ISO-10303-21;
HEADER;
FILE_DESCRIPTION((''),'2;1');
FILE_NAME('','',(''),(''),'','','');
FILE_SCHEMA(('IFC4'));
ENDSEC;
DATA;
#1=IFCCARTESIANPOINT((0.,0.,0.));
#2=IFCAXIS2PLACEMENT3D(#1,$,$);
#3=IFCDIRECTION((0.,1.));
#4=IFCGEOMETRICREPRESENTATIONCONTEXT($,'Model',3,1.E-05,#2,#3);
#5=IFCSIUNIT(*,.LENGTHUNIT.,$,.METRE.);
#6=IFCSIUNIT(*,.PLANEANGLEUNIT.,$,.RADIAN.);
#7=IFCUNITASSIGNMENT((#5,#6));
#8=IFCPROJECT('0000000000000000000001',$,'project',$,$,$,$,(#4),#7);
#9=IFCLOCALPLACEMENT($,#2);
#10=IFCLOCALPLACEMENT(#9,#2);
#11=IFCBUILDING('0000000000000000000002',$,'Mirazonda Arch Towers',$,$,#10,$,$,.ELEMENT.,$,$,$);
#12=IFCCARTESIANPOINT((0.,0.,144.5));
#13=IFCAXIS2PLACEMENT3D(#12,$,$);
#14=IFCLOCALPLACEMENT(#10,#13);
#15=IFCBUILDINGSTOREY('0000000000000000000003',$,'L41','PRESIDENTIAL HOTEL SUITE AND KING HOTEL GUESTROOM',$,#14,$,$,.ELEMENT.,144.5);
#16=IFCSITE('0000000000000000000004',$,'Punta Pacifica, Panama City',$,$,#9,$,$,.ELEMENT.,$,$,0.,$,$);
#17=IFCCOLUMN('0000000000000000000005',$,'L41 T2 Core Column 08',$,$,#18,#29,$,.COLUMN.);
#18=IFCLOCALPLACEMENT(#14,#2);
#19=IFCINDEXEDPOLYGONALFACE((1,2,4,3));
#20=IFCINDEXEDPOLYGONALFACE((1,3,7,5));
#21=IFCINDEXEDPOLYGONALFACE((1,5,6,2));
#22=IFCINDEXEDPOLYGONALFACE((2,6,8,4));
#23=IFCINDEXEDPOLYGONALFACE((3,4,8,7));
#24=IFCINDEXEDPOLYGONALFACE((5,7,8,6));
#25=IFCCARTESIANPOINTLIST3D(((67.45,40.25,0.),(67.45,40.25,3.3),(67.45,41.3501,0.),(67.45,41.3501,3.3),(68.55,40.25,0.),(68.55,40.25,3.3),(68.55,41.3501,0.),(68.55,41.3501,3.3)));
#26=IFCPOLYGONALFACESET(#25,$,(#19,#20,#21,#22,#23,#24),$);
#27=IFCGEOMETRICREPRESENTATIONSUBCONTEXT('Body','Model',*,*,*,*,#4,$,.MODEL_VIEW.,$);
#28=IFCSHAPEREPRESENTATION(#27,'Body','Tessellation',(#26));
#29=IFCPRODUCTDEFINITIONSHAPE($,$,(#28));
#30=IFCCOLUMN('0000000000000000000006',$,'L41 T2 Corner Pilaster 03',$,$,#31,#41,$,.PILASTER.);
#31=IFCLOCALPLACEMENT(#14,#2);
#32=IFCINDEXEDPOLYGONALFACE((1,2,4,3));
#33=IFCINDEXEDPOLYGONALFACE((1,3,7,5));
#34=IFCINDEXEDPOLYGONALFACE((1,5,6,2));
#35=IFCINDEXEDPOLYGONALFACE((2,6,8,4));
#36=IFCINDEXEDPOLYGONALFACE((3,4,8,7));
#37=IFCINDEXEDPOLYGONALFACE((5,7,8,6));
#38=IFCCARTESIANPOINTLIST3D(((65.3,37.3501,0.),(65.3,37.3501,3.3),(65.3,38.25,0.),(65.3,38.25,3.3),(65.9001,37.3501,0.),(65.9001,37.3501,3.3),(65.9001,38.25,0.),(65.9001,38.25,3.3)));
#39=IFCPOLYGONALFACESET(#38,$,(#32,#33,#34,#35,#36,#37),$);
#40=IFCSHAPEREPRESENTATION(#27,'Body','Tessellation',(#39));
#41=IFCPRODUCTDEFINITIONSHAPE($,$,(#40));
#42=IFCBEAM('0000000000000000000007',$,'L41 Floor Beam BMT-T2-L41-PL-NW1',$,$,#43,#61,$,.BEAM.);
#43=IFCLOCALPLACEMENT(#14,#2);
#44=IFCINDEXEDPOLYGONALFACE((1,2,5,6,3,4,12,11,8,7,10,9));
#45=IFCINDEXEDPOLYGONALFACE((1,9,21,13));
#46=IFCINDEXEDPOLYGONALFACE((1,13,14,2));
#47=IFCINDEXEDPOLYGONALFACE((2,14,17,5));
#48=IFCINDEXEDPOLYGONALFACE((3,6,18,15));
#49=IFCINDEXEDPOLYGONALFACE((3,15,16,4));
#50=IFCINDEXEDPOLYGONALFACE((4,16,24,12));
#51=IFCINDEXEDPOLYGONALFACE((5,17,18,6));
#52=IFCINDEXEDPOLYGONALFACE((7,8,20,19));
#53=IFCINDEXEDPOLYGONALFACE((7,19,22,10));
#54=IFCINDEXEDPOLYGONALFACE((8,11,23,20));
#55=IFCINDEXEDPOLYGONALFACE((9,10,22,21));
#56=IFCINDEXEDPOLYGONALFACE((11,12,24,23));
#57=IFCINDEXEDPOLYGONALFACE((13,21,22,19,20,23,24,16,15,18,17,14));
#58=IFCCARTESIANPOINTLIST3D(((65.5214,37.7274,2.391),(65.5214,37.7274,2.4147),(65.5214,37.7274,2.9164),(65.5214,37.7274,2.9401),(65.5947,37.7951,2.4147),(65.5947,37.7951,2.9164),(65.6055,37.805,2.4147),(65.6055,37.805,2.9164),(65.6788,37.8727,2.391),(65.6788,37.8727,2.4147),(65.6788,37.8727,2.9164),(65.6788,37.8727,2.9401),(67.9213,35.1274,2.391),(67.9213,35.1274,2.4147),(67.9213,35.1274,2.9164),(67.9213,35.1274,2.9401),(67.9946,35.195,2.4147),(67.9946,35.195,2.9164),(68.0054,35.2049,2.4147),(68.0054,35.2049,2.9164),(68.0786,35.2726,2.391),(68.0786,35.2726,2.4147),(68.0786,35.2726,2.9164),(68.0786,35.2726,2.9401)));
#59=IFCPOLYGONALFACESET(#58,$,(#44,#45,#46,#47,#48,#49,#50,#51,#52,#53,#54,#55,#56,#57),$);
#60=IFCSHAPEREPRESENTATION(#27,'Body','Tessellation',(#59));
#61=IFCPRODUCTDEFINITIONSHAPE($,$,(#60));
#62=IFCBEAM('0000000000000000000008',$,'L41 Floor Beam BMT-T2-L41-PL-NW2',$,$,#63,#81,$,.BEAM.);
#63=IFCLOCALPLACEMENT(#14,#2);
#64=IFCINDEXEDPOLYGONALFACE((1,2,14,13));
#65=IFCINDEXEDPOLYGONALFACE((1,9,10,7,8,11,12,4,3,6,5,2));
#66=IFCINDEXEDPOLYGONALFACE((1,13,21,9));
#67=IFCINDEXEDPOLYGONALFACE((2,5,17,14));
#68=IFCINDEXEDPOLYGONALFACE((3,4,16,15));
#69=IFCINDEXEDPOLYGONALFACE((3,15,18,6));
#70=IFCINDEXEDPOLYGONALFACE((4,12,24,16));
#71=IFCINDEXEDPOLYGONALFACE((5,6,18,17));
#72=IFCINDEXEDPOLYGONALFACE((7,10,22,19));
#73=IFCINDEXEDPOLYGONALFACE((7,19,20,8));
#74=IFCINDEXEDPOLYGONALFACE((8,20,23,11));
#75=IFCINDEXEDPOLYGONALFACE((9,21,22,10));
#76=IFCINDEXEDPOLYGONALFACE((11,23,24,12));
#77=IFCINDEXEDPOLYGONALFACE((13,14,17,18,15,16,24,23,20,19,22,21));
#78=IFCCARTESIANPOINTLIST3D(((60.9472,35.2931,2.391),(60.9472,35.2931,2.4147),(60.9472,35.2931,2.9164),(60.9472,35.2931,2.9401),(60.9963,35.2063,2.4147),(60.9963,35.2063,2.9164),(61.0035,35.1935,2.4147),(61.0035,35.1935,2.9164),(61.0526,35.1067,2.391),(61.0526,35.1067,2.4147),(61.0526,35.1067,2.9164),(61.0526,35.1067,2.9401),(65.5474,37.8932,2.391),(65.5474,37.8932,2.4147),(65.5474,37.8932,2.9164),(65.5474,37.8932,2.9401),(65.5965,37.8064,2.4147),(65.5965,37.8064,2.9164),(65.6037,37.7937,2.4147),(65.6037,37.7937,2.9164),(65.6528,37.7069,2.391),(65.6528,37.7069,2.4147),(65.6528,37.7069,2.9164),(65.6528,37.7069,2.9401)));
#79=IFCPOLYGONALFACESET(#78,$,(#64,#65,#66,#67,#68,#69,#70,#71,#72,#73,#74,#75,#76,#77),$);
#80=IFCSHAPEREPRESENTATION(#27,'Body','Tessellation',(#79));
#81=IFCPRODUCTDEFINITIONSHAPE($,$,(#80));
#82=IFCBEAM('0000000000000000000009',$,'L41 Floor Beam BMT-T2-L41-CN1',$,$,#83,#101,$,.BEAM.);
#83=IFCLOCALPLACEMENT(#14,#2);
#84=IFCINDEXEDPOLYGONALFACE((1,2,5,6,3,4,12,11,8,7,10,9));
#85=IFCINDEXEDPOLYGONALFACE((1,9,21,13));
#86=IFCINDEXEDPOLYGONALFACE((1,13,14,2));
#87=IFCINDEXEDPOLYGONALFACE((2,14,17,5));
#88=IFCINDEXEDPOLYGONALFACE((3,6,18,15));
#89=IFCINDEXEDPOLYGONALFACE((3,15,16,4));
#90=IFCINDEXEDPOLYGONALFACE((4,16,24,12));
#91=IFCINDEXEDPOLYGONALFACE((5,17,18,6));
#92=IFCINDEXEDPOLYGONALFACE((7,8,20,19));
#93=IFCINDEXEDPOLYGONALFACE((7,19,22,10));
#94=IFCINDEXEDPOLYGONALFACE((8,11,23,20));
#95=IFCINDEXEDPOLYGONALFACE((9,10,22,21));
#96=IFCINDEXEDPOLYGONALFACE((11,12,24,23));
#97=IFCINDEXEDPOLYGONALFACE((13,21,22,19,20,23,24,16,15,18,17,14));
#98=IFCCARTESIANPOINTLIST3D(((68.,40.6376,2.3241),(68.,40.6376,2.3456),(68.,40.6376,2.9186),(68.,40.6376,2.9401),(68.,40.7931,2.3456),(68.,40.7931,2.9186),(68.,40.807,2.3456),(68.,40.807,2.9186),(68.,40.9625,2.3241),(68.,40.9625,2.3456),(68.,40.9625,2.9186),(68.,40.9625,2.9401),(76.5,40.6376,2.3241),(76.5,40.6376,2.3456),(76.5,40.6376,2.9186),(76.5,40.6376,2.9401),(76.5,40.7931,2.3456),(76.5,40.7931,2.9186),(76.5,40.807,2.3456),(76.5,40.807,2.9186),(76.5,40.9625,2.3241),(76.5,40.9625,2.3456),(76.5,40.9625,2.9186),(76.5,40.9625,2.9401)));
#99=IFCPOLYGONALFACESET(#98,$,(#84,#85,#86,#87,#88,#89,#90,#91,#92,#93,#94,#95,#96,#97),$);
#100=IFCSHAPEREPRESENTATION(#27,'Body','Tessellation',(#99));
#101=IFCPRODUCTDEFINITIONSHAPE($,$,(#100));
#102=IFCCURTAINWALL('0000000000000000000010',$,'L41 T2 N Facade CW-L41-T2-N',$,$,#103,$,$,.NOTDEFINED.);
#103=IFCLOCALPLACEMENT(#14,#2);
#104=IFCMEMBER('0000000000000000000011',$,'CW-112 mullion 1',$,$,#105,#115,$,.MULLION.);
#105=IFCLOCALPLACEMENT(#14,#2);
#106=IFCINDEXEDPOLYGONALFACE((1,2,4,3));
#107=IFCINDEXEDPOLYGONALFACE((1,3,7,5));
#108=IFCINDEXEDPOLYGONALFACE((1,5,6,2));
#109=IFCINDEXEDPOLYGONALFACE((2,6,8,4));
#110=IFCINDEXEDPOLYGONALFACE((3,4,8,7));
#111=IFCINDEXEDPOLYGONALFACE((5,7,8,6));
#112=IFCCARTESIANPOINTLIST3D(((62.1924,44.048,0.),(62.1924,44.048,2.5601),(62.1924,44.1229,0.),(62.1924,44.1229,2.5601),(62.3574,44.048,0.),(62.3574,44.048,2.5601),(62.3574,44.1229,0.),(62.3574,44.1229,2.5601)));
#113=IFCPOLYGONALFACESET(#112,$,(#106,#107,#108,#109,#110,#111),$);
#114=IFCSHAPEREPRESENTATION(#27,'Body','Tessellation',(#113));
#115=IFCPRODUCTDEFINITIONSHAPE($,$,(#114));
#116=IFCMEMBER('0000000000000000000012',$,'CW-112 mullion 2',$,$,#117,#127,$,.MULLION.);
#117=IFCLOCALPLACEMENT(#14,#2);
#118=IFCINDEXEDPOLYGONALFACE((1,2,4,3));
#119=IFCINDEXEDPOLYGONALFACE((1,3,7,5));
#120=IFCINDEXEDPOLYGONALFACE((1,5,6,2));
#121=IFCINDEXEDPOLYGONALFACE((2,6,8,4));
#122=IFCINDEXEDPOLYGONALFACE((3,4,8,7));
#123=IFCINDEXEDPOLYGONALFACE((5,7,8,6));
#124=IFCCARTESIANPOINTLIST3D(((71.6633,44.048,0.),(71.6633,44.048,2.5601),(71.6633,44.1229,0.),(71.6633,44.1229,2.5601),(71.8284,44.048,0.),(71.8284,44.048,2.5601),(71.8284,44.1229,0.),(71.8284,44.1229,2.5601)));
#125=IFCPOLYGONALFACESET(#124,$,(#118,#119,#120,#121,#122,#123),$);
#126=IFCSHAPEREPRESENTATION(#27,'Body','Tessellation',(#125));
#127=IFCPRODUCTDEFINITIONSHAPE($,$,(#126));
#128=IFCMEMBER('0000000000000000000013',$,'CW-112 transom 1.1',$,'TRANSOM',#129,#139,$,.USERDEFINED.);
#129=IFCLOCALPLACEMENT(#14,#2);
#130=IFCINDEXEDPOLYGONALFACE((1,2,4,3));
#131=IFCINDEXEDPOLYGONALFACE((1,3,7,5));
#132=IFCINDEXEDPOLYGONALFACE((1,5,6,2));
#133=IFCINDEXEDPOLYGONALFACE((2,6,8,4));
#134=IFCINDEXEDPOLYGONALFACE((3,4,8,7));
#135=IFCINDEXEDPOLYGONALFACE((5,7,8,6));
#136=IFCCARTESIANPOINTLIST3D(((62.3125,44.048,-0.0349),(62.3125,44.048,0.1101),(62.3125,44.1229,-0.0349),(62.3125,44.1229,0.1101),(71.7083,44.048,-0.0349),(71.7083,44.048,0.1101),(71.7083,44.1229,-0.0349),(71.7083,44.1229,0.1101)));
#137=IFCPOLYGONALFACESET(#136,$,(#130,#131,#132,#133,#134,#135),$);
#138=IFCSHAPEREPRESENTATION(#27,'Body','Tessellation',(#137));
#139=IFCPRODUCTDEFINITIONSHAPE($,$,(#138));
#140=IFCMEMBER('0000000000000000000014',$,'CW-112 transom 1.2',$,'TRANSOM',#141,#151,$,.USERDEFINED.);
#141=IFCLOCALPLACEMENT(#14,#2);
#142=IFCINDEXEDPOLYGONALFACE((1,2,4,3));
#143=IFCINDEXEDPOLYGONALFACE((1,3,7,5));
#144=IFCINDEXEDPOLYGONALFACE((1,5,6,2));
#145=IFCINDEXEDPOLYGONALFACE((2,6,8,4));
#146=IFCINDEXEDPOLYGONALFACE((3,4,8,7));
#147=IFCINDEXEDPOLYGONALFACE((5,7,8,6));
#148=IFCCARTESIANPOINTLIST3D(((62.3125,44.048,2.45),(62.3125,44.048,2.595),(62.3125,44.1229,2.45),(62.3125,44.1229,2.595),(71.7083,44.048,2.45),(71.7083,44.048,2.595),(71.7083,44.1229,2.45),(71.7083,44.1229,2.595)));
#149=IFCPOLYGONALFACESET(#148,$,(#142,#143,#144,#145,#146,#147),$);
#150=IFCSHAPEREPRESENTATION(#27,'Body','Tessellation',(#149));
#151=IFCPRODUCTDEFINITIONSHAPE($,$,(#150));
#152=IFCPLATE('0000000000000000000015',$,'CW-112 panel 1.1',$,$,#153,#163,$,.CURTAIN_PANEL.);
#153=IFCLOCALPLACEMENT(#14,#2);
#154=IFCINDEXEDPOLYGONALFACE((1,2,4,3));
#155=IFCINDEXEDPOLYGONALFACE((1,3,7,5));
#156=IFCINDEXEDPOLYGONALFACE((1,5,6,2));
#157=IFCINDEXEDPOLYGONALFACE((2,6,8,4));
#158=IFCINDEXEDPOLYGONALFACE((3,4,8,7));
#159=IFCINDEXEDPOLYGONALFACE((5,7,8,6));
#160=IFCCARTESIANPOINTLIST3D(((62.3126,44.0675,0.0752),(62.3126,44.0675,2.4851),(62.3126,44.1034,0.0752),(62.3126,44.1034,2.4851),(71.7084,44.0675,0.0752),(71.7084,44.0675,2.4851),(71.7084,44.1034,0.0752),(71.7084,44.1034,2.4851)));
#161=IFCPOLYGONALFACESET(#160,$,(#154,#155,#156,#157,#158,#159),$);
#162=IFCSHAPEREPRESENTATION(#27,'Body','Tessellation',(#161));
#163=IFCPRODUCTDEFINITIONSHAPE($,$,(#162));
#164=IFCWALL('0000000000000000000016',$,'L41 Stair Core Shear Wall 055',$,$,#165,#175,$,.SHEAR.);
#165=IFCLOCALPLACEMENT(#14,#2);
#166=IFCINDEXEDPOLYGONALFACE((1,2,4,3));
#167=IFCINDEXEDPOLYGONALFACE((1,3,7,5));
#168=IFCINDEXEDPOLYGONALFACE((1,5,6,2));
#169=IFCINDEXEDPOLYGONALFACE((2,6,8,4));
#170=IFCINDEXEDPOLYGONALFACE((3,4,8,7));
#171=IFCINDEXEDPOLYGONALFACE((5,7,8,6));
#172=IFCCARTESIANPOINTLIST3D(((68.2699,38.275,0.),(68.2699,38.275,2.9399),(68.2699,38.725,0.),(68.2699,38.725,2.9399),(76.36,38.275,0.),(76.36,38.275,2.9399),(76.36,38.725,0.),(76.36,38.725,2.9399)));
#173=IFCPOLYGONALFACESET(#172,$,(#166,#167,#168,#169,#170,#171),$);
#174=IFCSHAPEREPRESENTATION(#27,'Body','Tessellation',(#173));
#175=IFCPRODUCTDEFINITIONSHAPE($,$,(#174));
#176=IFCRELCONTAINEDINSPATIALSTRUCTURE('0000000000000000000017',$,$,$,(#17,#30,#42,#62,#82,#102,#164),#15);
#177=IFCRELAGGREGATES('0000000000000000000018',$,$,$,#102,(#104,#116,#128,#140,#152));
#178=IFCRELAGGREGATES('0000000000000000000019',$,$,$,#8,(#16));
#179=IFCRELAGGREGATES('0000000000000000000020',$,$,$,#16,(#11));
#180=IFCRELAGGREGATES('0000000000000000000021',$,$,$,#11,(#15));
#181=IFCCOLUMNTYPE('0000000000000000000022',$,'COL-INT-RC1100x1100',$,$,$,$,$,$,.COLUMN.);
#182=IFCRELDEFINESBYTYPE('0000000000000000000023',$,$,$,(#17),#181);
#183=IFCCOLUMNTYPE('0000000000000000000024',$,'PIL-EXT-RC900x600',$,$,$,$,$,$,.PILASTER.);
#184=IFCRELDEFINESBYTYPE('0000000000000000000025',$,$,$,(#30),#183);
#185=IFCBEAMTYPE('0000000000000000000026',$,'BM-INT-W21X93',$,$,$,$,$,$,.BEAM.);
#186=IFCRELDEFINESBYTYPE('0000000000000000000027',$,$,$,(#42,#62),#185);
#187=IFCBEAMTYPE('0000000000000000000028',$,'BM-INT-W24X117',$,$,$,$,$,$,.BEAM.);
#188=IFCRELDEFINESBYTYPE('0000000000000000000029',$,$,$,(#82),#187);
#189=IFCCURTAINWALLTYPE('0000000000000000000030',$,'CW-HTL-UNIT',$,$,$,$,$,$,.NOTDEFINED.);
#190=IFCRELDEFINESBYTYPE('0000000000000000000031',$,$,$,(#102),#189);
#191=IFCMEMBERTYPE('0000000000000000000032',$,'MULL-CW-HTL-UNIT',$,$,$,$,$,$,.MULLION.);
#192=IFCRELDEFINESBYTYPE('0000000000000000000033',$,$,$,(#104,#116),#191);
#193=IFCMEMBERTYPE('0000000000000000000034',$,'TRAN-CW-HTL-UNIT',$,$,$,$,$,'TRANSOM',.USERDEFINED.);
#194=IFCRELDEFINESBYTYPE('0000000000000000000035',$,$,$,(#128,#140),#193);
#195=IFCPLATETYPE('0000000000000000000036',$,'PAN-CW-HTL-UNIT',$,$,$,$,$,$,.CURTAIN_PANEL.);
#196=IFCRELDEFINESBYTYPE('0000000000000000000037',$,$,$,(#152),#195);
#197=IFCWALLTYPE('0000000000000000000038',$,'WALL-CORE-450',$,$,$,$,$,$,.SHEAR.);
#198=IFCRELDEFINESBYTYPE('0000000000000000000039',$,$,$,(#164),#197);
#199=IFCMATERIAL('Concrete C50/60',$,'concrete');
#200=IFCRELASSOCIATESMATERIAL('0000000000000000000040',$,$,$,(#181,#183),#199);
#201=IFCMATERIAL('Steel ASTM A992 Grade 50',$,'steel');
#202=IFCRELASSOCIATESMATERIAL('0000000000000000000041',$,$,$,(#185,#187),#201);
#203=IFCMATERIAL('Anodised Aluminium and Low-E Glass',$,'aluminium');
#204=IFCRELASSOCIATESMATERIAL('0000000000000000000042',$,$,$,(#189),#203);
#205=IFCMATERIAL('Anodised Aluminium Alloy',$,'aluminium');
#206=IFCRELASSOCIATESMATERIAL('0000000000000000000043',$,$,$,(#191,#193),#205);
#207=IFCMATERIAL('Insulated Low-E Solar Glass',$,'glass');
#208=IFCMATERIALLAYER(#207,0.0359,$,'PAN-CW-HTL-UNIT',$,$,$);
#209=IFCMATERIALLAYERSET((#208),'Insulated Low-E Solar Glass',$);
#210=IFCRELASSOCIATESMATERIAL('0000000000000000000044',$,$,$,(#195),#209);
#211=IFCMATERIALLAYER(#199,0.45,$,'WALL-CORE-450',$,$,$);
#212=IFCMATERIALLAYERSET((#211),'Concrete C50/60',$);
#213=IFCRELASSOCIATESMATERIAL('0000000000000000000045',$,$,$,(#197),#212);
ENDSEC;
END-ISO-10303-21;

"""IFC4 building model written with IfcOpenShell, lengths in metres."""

from ifc_helpers import new_model, si_unit, direction, frame, frame_2d, origin, origin_2d, place, context, subcontext, project, spatial, rectangle, i_section, extrude, material, layer, layer_set, material_profile, profile_set, type_object, element, aggregate, save


model = new_model("IFC4")

# Units and contexts
model_context = context("Model", 3, precision=1e-05, world=origin(), true_north=direction((0.0, 1.0)))
body_context = subcontext(model_context, "Body", "Model", "MODEL_VIEW")
ifc_project = project(units=[si_unit("LENGTHUNIT", "METRE"), si_unit("PLANEANGLEUNIT", "RADIAN")], contexts=[model_context])

# Site, building, storey
site_placement = place(None, origin())
site = spatial("IfcSite", under=ifc_project, at=site_placement, Name="Punta Pacifica, Panama City", CompositionType="ELEMENT", RefElevation=0.0)
building_placement = place(site_placement, origin())
building = spatial("IfcBuilding", under=site, at=building_placement, Name="Mirazonda Arch Towers", CompositionType="ELEMENT")
storey_placement = place(building_placement, frame((0.0, 0.0, 144.5)))
storey = spatial("IfcBuildingStorey", under=building, at=storey_placement, Name="L41", Description="PRESIDENTIAL HOTEL SUITE AND KING HOTEL GUESTROOM", CompositionType="ELEMENT", Elevation=144.5)

# Columns
ifc_material_1 = material(Name="Concrete C50/60", Category="concrete")
ifc_material_profile_1 = material_profile(ifc_material_1, rectangle(XDim=1.1001, YDim=1.1001, at=origin_2d()), Name="RC1100x1100")
ifc_profile_set_1 = profile_set([ifc_material_profile_1], Name="Concrete C50/60")
column_type_1 = type_object("IfcColumnType", Name="COL-INT-RC1100x1100", PredefinedType="COLUMN", material=ifc_profile_set_1)
column_1_placement = place(storey_placement, frame((68.0, 40.8, 0.0), z_axis=(0.0, 0.0, 1.0), x_axis=(1.0, 0.0, 0.0)))
element("IfcColumn", 1, at=column_1_placement, inside=storey, type_object=column_type_1, Name="L41 T2 Core Column 08", PredefinedType="COLUMN", context=body_context, shape_type="SweptSolid", body=[
    extrude(rectangle(XDim=1.1001, YDim=1.1001, at=origin_2d()), origin(), (0.0, 0.0, 1.0), 3.3),
])
ifc_material_profile_2 = material_profile(ifc_material_1, rectangle(XDim=0.6001, YDim=0.8999, at=origin_2d()), Name="RC900x600")
ifc_profile_set_2 = profile_set([ifc_material_profile_2], Name="Concrete C50/60")
column_type_2 = type_object("IfcColumnType", Name="PIL-EXT-RC900x600", PredefinedType="PILASTER", material=ifc_profile_set_2)
column_2_placement = place(storey_placement, frame((65.6001, 37.8, 0.0), z_axis=(0.0, 0.0, 1.0), x_axis=(1.0, 0.0, 0.0)))
element("IfcColumn", 2, at=column_2_placement, inside=storey, type_object=column_type_2, Name="L41 T2 Corner Pilaster 03", PredefinedType="PILASTER", context=body_context, shape_type="SweptSolid", body=[
    extrude(rectangle(XDim=0.6001, YDim=0.8999, at=origin_2d()), origin(), (0.0, 0.0, 1.0), 3.3),
])

# Beams
ifc_material_2 = material(Name="Steel ASTM A992 Grade 50", Category="steel")
ifc_material_profile_3 = material_profile(ifc_material_2, i_section(OverallWidth=0.2141, OverallDepth=0.5491, WebThickness=0.0146, FlangeThickness=0.0237, at=origin_2d()), Name="W21X93")
ifc_profile_set_3 = profile_set([ifc_material_profile_3], Name="Steel ASTM A992 Grade 50")
beam_type_1 = type_object("IfcBeamType", Name="BM-INT-W21X93", PredefinedType="BEAM", material=ifc_profile_set_3)
beam_1_placement = place(storey_placement, frame((65.6001, 37.8, 2.6655), z_axis=(0.678251, -0.73483, 0.0), x_axis=(0.73483, 0.678251, 0.0)))
element("IfcBeam", 3, at=beam_1_placement, inside=storey, type_object=beam_type_1, Name="L41 Floor Beam BMT-T2-L41-PL-NW1", PredefinedType="BEAM", context=body_context, shape_type="SweptSolid", body=[
    extrude(i_section(OverallWidth=0.2141, OverallDepth=0.5491, WebThickness=0.0146, FlangeThickness=0.0237, at=origin_2d()), origin(), (0.0, 0.0, 1.0), 3.5383),
])
beam_2_placement = place(storey_placement, frame((65.6001, 37.8, 2.6655), z_axis=(-0.870559, -0.492063, 0.0), x_axis=(0.492063, -0.870559, 0.0)))
element("IfcBeam", 4, at=beam_2_placement, inside=storey, type_object=beam_type_1, Name="L41 Floor Beam BMT-T2-L41-PL-NW2", PredefinedType="BEAM", context=body_context, shape_type="SweptSolid", body=[
    extrude(i_section(OverallWidth=0.2141, OverallDepth=0.5491, WebThickness=0.0146, FlangeThickness=0.0237, at=origin_2d()), origin(), (0.0, 0.0, 1.0), 5.2842),
])
ifc_material_profile_4 = material_profile(ifc_material_2, i_section(OverallWidth=0.325, OverallDepth=0.616, WebThickness=0.0139, FlangeThickness=0.0215, at=origin_2d()), Name="W24X117")
ifc_profile_set_4 = profile_set([ifc_material_profile_4], Name="Steel ASTM A992 Grade 50")
beam_type_2 = type_object("IfcBeamType", Name="BM-INT-W24X117", PredefinedType="BEAM", material=ifc_profile_set_4)
beam_3_placement = place(storey_placement, frame((68.0, 40.8, 2.6321), z_axis=(1.0, 0.0, 0.0), x_axis=(0.0, 1.0, 0.0)))
element("IfcBeam", 5, at=beam_3_placement, inside=storey, type_object=beam_type_2, Name="L41 Floor Beam BMT-T2-L41-CN1", PredefinedType="BEAM", context=body_context, shape_type="SweptSolid", body=[
    extrude(i_section(OverallWidth=0.325, OverallDepth=0.616, WebThickness=0.0139, FlangeThickness=0.0215, at=origin_2d()), origin(), (0.0, 0.0, 1.0), 8.5),
])

# Curtain wall, members, plate
ifc_material_3 = material(Name="Anodised Aluminium and Low-E Glass", Category="aluminium")
curtain_wall_type = type_object("IfcCurtainWallType", Name="CW-HTL-UNIT", PredefinedType="NOTDEFINED", material=ifc_material_3)
curtain_wall_placement = place(storey_placement, origin())
curtain_wall = element("IfcCurtainWall", 6, at=curtain_wall_placement, inside=storey, type_object=curtain_wall_type, Name="L41 T2 N Facade CW-L41-T2-N", PredefinedType="NOTDEFINED")
ifc_material_4 = material(Name="Anodised Aluminium Alloy", Category="aluminium")
ifc_material_profile_5 = material_profile(ifc_material_4, rectangle(XDim=0.075, YDim=0.165, at=origin_2d()), Name="ALU-MULL-75x165")
ifc_profile_set_5 = profile_set([ifc_material_profile_5], Name="Anodised Aluminium Alloy")
member_type_1 = type_object("IfcMemberType", Name="MULL-CW-HTL-UNIT", PredefinedType="MULLION", material=ifc_profile_set_5)
member_1_placement = place(storey_placement, frame((62.2749, 44.0854, 0.0), z_axis=(0.0, 0.0, 1.0), x_axis=(0.0, 1.0, 0.0)))
member_1 = element("IfcMember", 7, at=member_1_placement, type_object=member_type_1, Name="CW-112 mullion 1", PredefinedType="MULLION", context=body_context, shape_type="SweptSolid", body=[
    extrude(rectangle(XDim=0.075, YDim=0.165, at=origin_2d()), origin(), (0.0, 0.0, 1.0), 2.5601),
])
member_2_placement = place(storey_placement, frame((71.7458, 44.0854, 0.0), z_axis=(0.0, 0.0, 1.0), x_axis=(0.0, 1.0, 0.0)))
member_2 = element("IfcMember", 8, at=member_2_placement, type_object=member_type_1, Name="CW-112 mullion 2", PredefinedType="MULLION", context=body_context, shape_type="SweptSolid", body=[
    extrude(rectangle(XDim=0.075, YDim=0.165, at=origin_2d()), origin(), (0.0, 0.0, 1.0), 2.5601),
])
ifc_material_profile_6 = material_profile(ifc_material_4, rectangle(XDim=0.075, YDim=0.145, at=origin_2d()), Name="ALU-TRAN-75x145")
ifc_profile_set_6 = profile_set([ifc_material_profile_6], Name="Anodised Aluminium Alloy")
member_type_2 = type_object("IfcMemberType", Name="TRAN-CW-HTL-UNIT", ElementType="TRANSOM", PredefinedType="USERDEFINED", material=ifc_profile_set_6)
member_3_placement = place(storey_placement, frame((62.3125, 44.0854, 0.0376), z_axis=(1.0, 0.0, 0.0), x_axis=(0.0, 1.0, 0.0)))
member_3 = element("IfcMember", 9, at=member_3_placement, type_object=member_type_2, Name="CW-112 transom 1.1", ObjectType="TRANSOM", PredefinedType="USERDEFINED", context=body_context, shape_type="SweptSolid", body=[
    extrude(rectangle(XDim=0.075, YDim=0.145, at=origin_2d()), origin(), (0.0, 0.0, 1.0), 9.3958),
])
member_4_placement = place(storey_placement, frame((62.3125, 44.0854, 2.5225), z_axis=(1.0, 0.0, 0.0), x_axis=(0.0, 1.0, 0.0)))
member_4 = element("IfcMember", 10, at=member_4_placement, type_object=member_type_2, Name="CW-112 transom 1.2", ObjectType="TRANSOM", PredefinedType="USERDEFINED", context=body_context, shape_type="SweptSolid", body=[
    extrude(rectangle(XDim=0.075, YDim=0.145, at=origin_2d()), origin(), (0.0, 0.0, 1.0), 9.3958),
])
ifc_material_5 = material(Name="Insulated Low-E Solar Glass", Category="glass")
ifc_layer_1 = layer(ifc_material_5, 0.0359, Name="PAN-CW-HTL-UNIT")
ifc_layer_set_1 = layer_set([ifc_layer_1], Name="Insulated Low-E Solar Glass")
plate_type = type_object("IfcPlateType", Name="PAN-CW-HTL-UNIT", PredefinedType="CURTAIN_PANEL", material=ifc_layer_set_1)
plate_placement = place(storey_placement, frame((67.0105, 44.0854, 0.0752), z_axis=(0.0, 0.0, 1.0), x_axis=(1.0, 0.0, 0.0)))
plate = element("IfcPlate", 11, at=plate_placement, type_object=plate_type, Name="CW-112 panel 1.1", PredefinedType="CURTAIN_PANEL", context=body_context, shape_type="SweptSolid", body=[
    extrude(rectangle(XDim=9.3958, YDim=0.0359, at=origin_2d()), origin(), (0.0, 0.0, 1.0), 2.4099),
])
aggregate(curtain_wall, [member_1, member_2, member_3, member_4, plate])

# Wall
ifc_layer_2 = layer(ifc_material_1, 0.45, Name="WALL-CORE-450")
ifc_layer_set_2 = layer_set([ifc_layer_2], Name="Concrete C50/60")
wall_type_1 = type_object("IfcWallType", Name="WALL-CORE-450", PredefinedType="SHEAR", material=ifc_layer_set_2)
wall_1_placement = place(storey_placement, frame((68.27, 38.5, 0.0), z_axis=(0.0, 0.0, 1.0), x_axis=(1.0, 0.0, 0.0)))
element("IfcWall", 12, at=wall_1_placement, inside=storey, type_object=wall_type_1, Name="L41 Stair Core Shear Wall 055", PredefinedType="SHEAR", context=body_context, shape_type="SweptSolid", body=[
    extrude(rectangle(XDim=8.0901, YDim=0.45, at=frame_2d((4.0449, 0.0))), origin(), (0.0, 0.0, 1.0), 2.9399),
])

save(model, "model.ifc")
